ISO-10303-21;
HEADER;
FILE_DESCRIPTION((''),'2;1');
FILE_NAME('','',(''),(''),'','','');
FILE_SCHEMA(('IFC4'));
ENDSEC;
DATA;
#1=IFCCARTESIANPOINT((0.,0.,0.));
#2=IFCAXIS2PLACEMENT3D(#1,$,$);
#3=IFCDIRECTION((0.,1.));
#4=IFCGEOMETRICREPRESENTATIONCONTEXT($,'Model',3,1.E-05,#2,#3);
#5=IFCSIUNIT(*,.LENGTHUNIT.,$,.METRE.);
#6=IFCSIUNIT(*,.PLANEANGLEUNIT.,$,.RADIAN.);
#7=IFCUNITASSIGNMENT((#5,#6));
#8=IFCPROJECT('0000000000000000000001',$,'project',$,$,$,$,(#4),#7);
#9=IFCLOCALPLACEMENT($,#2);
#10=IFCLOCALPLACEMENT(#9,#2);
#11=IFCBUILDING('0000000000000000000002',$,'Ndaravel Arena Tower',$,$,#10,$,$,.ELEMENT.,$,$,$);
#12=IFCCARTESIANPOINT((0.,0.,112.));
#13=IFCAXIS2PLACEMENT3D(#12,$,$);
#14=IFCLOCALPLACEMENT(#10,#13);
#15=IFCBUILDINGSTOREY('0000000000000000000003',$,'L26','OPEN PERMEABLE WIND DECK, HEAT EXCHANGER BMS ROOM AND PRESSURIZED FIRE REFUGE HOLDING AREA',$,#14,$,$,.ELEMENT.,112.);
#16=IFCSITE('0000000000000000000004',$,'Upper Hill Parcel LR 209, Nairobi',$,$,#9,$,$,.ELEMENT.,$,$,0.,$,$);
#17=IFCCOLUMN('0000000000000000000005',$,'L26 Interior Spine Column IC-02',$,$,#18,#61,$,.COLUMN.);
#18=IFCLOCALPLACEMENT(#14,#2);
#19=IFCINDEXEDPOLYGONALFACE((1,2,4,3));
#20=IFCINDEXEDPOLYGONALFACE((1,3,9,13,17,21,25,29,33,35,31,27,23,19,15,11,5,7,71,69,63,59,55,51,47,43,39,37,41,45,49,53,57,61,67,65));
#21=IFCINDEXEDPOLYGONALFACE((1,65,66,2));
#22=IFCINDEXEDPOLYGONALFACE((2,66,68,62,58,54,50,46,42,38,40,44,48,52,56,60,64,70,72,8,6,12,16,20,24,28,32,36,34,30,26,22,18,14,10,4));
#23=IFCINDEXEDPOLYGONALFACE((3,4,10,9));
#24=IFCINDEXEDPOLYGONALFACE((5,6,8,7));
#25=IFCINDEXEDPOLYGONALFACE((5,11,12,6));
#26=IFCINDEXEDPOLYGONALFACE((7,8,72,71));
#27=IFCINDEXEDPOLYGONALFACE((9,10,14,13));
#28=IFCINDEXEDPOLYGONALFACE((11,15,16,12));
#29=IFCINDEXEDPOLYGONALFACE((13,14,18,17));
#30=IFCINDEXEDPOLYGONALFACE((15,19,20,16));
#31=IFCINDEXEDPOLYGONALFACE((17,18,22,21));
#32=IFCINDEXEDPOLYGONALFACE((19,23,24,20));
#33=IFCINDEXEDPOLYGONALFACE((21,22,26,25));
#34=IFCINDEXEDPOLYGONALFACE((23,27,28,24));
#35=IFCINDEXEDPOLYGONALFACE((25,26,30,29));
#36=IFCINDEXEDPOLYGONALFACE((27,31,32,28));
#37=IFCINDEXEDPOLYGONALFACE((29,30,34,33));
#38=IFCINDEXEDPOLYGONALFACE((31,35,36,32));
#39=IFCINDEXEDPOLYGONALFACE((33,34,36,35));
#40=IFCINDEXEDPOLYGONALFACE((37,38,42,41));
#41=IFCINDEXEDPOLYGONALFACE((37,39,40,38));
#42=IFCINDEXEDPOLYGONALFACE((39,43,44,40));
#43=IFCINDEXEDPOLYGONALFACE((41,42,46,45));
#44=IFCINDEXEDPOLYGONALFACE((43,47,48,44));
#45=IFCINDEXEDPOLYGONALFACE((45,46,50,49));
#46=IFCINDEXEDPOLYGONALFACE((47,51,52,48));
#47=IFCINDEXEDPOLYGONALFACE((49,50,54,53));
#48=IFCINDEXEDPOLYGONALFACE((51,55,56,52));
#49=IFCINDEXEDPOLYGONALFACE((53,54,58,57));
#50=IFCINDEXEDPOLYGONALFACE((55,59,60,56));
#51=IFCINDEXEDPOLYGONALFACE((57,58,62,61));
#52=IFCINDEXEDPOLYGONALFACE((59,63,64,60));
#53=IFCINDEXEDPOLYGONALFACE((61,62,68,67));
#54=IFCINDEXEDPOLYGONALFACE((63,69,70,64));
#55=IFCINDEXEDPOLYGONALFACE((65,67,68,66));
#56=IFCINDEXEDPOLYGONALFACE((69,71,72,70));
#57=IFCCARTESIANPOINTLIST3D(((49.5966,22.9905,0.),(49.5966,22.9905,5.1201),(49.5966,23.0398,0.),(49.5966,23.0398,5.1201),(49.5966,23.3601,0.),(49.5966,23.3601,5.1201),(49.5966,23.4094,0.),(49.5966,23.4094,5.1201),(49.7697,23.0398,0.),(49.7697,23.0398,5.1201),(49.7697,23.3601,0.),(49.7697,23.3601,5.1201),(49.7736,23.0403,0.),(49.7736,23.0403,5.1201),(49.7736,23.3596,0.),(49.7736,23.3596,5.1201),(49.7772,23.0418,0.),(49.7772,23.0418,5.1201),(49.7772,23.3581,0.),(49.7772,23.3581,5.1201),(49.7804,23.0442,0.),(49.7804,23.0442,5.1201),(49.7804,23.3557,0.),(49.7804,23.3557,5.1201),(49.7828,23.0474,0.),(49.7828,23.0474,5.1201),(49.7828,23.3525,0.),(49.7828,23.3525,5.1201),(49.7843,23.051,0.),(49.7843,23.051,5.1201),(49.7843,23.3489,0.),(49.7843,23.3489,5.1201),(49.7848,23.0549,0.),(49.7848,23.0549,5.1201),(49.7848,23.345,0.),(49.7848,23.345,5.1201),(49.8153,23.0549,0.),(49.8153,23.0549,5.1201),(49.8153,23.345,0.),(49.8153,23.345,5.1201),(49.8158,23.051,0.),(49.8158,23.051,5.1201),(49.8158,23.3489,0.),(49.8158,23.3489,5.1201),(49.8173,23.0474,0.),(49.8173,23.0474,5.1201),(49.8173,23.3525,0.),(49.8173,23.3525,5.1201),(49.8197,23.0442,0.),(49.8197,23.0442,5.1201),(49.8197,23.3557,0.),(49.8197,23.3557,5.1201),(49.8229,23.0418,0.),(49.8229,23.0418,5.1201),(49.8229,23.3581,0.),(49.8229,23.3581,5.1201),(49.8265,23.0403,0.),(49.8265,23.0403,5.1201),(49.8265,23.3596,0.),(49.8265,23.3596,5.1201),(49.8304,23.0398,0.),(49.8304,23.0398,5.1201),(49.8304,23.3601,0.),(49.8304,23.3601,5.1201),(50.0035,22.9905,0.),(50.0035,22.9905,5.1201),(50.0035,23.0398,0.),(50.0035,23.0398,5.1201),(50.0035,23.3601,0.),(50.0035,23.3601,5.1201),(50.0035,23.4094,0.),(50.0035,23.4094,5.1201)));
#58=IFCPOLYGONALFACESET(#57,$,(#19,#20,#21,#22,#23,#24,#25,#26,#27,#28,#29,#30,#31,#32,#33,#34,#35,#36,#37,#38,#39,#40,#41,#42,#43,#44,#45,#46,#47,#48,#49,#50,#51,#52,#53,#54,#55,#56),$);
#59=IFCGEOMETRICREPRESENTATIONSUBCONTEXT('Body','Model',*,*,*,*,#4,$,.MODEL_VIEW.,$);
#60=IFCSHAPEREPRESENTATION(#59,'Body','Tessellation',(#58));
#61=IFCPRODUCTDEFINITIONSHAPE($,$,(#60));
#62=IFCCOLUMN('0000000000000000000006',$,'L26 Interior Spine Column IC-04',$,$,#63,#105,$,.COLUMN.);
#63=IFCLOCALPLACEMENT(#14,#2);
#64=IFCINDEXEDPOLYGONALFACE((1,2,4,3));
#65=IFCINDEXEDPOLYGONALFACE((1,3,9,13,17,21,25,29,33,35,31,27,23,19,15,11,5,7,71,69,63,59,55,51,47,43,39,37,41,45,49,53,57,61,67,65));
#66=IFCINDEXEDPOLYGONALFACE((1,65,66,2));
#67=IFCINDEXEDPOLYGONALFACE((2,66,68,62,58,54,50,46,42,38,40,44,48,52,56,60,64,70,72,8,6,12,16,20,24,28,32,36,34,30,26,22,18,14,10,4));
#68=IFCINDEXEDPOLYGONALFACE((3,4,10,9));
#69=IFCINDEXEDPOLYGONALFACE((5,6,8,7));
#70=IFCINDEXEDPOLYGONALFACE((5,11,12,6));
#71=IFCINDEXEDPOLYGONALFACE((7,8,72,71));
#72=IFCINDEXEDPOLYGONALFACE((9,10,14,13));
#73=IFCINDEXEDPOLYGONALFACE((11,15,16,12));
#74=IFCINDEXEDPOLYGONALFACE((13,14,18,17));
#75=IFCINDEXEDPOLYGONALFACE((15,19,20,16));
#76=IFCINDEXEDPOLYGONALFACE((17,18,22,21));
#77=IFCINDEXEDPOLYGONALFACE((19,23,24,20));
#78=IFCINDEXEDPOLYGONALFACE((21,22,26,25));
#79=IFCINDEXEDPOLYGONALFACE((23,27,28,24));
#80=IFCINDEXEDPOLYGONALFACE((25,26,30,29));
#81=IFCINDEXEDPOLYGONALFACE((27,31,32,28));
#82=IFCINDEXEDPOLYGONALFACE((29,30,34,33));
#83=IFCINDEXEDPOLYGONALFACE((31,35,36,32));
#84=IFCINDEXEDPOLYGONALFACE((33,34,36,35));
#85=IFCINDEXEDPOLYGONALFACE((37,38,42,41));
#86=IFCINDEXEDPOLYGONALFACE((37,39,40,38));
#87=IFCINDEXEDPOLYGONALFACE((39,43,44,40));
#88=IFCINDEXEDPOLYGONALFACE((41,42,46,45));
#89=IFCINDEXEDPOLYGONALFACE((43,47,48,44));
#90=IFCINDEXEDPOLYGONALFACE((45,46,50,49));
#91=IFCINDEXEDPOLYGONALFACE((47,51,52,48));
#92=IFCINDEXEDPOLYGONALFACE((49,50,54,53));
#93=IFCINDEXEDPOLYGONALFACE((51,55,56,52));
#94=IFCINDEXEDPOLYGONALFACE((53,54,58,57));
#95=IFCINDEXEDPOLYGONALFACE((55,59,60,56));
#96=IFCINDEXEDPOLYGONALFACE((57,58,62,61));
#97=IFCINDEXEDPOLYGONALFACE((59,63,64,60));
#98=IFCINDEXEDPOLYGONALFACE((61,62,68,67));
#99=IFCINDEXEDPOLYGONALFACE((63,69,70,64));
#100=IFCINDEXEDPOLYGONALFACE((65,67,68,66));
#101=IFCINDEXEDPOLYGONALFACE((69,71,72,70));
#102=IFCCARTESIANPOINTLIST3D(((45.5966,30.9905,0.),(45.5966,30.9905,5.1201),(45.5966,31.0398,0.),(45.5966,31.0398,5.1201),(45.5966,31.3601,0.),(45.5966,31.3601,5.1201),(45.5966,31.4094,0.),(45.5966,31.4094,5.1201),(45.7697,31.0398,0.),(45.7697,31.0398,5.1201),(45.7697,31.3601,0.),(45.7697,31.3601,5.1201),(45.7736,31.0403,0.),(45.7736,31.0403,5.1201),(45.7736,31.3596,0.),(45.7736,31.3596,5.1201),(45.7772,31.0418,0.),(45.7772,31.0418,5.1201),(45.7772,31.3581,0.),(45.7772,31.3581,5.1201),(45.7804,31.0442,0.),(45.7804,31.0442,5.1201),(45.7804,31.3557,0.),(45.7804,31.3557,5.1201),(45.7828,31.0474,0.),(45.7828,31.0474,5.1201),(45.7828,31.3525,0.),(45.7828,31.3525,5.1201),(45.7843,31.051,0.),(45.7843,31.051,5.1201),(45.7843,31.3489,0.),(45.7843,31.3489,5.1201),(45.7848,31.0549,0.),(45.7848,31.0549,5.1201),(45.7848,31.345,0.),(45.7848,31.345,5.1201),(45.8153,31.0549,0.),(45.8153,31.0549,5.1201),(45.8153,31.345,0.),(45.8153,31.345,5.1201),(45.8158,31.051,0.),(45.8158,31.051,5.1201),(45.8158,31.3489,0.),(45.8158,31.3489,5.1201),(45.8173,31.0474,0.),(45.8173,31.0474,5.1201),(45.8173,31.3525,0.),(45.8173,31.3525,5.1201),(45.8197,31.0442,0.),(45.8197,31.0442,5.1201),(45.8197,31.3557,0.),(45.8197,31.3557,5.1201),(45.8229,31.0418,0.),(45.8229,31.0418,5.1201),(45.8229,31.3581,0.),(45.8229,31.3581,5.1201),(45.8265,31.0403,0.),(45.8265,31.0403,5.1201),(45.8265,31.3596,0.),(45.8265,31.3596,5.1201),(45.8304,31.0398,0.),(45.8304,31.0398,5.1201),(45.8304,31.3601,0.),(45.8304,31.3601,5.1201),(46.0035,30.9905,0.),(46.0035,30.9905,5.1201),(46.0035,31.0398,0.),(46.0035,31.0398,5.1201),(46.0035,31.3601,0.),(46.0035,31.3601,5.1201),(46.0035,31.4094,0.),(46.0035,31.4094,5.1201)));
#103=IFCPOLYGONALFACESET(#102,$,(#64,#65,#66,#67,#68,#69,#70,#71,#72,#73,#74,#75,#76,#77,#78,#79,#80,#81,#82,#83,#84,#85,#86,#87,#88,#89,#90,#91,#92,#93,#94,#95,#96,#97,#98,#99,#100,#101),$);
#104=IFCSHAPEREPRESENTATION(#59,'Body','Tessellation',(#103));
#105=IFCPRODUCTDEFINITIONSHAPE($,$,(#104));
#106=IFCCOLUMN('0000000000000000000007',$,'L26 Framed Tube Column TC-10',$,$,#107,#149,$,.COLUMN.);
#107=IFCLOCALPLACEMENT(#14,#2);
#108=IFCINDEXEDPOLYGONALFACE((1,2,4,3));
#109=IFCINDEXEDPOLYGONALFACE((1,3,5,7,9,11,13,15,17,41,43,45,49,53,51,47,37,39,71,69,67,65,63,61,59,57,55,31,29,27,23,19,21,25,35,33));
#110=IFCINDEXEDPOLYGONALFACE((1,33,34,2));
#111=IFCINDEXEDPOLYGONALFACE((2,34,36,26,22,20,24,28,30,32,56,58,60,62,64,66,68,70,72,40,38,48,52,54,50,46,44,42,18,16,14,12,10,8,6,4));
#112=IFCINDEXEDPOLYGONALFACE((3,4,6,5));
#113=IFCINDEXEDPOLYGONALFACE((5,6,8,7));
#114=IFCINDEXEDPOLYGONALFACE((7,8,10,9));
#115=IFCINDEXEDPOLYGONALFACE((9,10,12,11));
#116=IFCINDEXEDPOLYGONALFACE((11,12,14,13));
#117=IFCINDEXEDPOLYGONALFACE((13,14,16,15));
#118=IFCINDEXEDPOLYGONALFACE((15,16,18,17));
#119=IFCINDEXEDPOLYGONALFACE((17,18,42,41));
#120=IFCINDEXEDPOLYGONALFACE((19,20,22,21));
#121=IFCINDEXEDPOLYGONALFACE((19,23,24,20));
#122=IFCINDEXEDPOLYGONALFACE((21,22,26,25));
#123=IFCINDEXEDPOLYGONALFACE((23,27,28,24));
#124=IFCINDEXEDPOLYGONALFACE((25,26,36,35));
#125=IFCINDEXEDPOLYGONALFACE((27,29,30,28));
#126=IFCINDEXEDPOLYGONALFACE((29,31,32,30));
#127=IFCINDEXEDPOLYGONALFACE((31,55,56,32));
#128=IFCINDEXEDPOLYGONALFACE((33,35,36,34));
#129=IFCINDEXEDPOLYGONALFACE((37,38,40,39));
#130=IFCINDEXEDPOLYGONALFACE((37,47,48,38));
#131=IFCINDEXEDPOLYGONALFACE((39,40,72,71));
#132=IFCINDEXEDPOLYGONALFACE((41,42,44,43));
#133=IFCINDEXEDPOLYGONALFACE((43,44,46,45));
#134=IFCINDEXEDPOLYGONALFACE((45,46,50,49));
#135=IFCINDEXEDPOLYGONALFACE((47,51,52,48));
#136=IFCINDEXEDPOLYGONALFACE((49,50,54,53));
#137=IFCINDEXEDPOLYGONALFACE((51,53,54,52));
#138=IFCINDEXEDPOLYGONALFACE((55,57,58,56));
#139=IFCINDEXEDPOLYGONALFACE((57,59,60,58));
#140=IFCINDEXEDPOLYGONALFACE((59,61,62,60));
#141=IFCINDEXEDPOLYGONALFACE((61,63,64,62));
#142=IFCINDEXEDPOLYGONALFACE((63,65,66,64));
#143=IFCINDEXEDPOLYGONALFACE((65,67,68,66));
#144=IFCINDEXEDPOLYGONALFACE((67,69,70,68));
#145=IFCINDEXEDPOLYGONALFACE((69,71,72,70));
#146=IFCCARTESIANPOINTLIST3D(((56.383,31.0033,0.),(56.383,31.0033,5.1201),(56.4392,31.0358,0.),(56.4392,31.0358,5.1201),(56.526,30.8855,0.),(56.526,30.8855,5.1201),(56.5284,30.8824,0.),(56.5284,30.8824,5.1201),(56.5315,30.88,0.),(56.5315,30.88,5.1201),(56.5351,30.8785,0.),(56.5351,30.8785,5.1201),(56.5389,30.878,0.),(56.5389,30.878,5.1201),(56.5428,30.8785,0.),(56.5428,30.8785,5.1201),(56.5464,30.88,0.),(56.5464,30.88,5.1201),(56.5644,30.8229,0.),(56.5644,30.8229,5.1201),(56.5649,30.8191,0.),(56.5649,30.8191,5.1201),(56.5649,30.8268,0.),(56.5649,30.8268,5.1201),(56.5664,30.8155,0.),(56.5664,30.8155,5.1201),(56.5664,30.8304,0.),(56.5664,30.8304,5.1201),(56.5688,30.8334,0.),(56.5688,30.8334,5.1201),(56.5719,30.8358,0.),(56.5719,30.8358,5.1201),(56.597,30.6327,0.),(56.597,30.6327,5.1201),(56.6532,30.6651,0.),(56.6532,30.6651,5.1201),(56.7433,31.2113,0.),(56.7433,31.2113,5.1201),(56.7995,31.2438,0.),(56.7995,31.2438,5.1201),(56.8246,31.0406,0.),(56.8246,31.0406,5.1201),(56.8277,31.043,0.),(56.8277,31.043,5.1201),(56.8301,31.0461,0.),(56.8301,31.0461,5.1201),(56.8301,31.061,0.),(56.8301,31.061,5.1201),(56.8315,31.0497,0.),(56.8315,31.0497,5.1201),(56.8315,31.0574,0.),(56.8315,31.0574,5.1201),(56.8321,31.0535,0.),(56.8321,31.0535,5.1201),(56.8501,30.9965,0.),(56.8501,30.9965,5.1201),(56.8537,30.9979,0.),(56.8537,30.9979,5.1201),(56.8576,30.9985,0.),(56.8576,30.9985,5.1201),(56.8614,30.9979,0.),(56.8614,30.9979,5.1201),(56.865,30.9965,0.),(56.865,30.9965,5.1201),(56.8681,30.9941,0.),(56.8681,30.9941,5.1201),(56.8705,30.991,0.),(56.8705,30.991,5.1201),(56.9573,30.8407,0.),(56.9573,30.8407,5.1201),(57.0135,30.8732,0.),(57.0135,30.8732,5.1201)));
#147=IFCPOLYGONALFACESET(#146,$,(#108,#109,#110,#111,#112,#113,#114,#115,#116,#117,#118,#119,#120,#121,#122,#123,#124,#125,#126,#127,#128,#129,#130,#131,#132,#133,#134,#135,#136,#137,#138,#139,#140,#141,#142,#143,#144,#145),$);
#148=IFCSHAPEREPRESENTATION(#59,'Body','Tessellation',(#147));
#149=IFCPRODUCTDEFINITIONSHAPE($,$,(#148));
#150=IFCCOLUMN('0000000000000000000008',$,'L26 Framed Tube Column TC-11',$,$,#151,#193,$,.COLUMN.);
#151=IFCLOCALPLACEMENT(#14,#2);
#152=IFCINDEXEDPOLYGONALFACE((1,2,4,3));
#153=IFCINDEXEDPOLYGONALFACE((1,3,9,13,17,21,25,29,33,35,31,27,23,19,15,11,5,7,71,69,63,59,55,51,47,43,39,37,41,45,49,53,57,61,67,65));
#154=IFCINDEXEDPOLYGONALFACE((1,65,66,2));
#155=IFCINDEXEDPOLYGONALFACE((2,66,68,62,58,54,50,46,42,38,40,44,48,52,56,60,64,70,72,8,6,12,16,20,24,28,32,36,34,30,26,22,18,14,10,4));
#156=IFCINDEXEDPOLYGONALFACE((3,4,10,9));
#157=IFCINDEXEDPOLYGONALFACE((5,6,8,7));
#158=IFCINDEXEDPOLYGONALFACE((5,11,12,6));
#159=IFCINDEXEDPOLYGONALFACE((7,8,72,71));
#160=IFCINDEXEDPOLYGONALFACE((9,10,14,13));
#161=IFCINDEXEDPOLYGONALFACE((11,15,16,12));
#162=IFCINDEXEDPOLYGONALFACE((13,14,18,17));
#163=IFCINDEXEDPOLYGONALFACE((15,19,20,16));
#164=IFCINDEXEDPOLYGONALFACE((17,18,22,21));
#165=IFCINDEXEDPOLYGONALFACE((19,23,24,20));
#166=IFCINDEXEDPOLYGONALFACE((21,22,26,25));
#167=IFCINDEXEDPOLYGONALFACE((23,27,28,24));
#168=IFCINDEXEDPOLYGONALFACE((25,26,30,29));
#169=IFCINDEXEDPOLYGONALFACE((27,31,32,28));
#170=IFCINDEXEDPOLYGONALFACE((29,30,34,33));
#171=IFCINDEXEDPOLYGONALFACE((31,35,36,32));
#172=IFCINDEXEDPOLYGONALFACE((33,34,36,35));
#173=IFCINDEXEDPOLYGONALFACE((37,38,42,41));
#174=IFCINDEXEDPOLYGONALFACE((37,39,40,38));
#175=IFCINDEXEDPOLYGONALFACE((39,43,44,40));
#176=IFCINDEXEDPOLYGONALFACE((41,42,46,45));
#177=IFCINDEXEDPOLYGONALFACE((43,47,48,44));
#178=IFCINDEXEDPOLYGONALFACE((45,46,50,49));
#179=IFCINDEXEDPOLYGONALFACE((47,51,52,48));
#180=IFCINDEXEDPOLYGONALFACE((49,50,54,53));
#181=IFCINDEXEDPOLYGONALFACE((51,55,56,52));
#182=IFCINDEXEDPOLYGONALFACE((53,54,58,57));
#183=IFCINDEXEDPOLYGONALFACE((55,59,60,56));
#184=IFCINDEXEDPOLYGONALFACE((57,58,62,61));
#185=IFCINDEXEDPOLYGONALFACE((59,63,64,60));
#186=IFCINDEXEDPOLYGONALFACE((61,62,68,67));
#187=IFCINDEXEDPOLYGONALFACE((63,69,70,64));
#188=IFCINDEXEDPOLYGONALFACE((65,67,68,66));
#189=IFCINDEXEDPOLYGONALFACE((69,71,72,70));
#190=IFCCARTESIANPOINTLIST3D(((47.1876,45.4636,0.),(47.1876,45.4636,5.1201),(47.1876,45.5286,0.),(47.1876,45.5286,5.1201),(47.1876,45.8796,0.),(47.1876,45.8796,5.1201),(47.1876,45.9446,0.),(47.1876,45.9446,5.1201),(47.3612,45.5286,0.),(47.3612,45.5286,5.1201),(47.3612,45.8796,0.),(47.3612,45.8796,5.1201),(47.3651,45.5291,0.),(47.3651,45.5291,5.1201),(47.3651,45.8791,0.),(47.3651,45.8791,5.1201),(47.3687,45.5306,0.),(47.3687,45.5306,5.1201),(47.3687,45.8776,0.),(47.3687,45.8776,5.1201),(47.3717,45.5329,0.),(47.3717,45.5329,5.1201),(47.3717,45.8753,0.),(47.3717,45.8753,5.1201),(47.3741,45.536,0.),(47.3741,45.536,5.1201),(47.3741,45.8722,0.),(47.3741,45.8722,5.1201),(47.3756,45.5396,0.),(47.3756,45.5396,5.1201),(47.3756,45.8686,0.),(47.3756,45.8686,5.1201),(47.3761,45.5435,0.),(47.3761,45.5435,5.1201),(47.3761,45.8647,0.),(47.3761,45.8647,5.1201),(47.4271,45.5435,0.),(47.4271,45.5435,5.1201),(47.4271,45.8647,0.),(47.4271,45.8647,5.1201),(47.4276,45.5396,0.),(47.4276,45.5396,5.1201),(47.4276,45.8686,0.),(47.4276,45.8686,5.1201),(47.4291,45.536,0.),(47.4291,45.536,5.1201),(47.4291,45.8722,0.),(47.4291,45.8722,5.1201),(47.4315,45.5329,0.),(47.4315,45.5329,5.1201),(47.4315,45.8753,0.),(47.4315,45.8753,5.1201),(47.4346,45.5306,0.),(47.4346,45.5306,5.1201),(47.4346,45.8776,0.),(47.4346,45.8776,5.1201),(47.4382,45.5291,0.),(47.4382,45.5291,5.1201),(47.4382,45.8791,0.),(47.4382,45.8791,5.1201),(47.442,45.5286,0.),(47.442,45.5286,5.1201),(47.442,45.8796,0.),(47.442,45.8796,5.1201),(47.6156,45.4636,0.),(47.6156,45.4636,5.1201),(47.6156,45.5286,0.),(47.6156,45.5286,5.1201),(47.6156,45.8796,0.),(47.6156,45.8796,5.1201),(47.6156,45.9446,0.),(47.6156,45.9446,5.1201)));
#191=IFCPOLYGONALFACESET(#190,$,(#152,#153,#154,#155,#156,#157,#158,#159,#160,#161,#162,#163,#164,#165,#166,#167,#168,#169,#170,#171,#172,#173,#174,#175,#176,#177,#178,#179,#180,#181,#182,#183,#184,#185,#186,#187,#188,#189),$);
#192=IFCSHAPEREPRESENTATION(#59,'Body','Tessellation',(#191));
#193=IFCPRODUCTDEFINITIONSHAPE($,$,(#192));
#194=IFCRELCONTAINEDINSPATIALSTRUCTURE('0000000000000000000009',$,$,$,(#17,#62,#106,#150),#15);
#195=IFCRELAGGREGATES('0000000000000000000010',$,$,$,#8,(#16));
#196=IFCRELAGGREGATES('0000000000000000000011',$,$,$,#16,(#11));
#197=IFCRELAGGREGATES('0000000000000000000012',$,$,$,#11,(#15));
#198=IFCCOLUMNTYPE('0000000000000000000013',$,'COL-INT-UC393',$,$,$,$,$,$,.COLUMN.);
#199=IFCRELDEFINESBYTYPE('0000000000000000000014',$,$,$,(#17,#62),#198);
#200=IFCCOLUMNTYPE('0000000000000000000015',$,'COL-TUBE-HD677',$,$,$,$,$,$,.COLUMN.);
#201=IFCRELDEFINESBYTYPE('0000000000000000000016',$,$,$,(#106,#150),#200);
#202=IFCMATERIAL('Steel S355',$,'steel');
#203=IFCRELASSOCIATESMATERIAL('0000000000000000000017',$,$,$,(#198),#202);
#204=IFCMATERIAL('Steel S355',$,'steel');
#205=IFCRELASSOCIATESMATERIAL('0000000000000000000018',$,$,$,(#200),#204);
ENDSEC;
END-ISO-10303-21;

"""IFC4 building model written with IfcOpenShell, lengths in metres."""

from ifc_helpers import new_model, si_unit, direction, frame, origin, origin_2d, place, context, subcontext, project, spatial, i_section, extrude, material, material_profile, profile_set, type_object, element, save


model = new_model("IFC4")

# Units and contexts
model_context = context("Model", 3, precision=1e-05, world=origin(), true_north=direction((0.0, 1.0)))
body_context = subcontext(model_context, "Body", "Model", "MODEL_VIEW")
ifc_project = project(units=[si_unit("LENGTHUNIT", "METRE"), si_unit("PLANEANGLEUNIT", "RADIAN")], contexts=[model_context])

# Site, building, storey
site_placement = place(None, origin())
site = spatial("IfcSite", under=ifc_project, at=site_placement, Name="Upper Hill Parcel LR 209, Nairobi", CompositionType="ELEMENT", RefElevation=0.0)
building_placement = place(site_placement, origin())
building = spatial("IfcBuilding", under=site, at=building_placement, Name="Ndaravel Arena Tower", CompositionType="ELEMENT")
storey_placement = place(building_placement, frame((0.0, 0.0, 112.0)))
storey = spatial("IfcBuildingStorey", under=building, at=storey_placement, Name="L26", Description="OPEN PERMEABLE WIND DECK, HEAT EXCHANGER BMS ROOM AND PRESSURIZED FIRE REFUGE HOLDING AREA", CompositionType="ELEMENT", Elevation=112.0)

# Columns
ifc_material_1 = material(Name="Steel S355", Category="steel")
ifc_material_profile_1 = material_profile(ifc_material_1, i_section(OverallWidth=0.407, OverallDepth=0.4189, WebThickness=0.0305, FlangeThickness=0.0493, FilletRadius=0.0151, at=origin_2d()), Name="UC 356x406x393")
ifc_profile_set_1 = profile_set([ifc_material_profile_1], Name="Steel S355")
column_type_1 = type_object("IfcColumnType", Name="COL-INT-UC393", PredefinedType="COLUMN", material=ifc_profile_set_1)
for number, where, z_axis, x_axis, name in (
    (1, (49.8, 23.2, 0.0), (0.0, 0.0, 1.0), (1.0, 0.0, 0.0), "L26 Interior Spine Column IC-02"),
    (2, (45.8, 31.2, 0.0), (0.0, 0.0, 1.0), (1.0, 0.0, 0.0), "L26 Interior Spine Column IC-04"),
):
    element("IfcColumn", number, at=place(storey_placement, frame(where, z_axis=z_axis, x_axis=x_axis)), inside=storey, type_object=column_type_1, Name=name, PredefinedType="COLUMN", context=body_context, shape_type="SweptSolid", body=[
        extrude(i_section(OverallWidth=0.407, OverallDepth=0.4189, WebThickness=0.0305, FlangeThickness=0.0493, FilletRadius=0.0151, at=origin_2d()), origin(), (0.0, 0.0, 1.0), 5.1201),
    ])
ifc_material_2 = material(Name="Steel S355", Category="steel")
ifc_material_profile_2 = material_profile(ifc_material_2, i_section(OverallWidth=0.428, OverallDepth=0.481, WebThickness=0.051, FlangeThickness=0.0649, FilletRadius=0.0149, at=origin_2d()), Name="HD 400x677")
ifc_profile_set_2 = profile_set([ifc_material_profile_2], Name="Steel S355")
column_type_2 = type_object("IfcColumnType", Name="COL-TUBE-HD677", PredefinedType="COLUMN", material=ifc_profile_set_2)
for number, where, z_axis, x_axis, name in (
    (3, (56.6982, 30.9382, 0.0), (0.0, 0.0, 1.0), (-0.5, 0.866025, 0.0), "L26 Framed Tube Column TC-10"),
    (4, (47.4016, 45.7041, 0.0), (0.0, 0.0, 1.0), (1.0, 0.0, 0.0), "L26 Framed Tube Column TC-11"),
):
    element("IfcColumn", number, at=place(storey_placement, frame(where, z_axis=z_axis, x_axis=x_axis)), inside=storey, type_object=column_type_2, Name=name, PredefinedType="COLUMN", context=body_context, shape_type="SweptSolid", body=[
        extrude(i_section(OverallWidth=0.428, OverallDepth=0.481, WebThickness=0.051, FlangeThickness=0.0649, FilletRadius=0.0149, at=origin_2d()), origin(), (0.0, 0.0, 1.0), 5.1201),
    ])

save(model, "model.ifc")
